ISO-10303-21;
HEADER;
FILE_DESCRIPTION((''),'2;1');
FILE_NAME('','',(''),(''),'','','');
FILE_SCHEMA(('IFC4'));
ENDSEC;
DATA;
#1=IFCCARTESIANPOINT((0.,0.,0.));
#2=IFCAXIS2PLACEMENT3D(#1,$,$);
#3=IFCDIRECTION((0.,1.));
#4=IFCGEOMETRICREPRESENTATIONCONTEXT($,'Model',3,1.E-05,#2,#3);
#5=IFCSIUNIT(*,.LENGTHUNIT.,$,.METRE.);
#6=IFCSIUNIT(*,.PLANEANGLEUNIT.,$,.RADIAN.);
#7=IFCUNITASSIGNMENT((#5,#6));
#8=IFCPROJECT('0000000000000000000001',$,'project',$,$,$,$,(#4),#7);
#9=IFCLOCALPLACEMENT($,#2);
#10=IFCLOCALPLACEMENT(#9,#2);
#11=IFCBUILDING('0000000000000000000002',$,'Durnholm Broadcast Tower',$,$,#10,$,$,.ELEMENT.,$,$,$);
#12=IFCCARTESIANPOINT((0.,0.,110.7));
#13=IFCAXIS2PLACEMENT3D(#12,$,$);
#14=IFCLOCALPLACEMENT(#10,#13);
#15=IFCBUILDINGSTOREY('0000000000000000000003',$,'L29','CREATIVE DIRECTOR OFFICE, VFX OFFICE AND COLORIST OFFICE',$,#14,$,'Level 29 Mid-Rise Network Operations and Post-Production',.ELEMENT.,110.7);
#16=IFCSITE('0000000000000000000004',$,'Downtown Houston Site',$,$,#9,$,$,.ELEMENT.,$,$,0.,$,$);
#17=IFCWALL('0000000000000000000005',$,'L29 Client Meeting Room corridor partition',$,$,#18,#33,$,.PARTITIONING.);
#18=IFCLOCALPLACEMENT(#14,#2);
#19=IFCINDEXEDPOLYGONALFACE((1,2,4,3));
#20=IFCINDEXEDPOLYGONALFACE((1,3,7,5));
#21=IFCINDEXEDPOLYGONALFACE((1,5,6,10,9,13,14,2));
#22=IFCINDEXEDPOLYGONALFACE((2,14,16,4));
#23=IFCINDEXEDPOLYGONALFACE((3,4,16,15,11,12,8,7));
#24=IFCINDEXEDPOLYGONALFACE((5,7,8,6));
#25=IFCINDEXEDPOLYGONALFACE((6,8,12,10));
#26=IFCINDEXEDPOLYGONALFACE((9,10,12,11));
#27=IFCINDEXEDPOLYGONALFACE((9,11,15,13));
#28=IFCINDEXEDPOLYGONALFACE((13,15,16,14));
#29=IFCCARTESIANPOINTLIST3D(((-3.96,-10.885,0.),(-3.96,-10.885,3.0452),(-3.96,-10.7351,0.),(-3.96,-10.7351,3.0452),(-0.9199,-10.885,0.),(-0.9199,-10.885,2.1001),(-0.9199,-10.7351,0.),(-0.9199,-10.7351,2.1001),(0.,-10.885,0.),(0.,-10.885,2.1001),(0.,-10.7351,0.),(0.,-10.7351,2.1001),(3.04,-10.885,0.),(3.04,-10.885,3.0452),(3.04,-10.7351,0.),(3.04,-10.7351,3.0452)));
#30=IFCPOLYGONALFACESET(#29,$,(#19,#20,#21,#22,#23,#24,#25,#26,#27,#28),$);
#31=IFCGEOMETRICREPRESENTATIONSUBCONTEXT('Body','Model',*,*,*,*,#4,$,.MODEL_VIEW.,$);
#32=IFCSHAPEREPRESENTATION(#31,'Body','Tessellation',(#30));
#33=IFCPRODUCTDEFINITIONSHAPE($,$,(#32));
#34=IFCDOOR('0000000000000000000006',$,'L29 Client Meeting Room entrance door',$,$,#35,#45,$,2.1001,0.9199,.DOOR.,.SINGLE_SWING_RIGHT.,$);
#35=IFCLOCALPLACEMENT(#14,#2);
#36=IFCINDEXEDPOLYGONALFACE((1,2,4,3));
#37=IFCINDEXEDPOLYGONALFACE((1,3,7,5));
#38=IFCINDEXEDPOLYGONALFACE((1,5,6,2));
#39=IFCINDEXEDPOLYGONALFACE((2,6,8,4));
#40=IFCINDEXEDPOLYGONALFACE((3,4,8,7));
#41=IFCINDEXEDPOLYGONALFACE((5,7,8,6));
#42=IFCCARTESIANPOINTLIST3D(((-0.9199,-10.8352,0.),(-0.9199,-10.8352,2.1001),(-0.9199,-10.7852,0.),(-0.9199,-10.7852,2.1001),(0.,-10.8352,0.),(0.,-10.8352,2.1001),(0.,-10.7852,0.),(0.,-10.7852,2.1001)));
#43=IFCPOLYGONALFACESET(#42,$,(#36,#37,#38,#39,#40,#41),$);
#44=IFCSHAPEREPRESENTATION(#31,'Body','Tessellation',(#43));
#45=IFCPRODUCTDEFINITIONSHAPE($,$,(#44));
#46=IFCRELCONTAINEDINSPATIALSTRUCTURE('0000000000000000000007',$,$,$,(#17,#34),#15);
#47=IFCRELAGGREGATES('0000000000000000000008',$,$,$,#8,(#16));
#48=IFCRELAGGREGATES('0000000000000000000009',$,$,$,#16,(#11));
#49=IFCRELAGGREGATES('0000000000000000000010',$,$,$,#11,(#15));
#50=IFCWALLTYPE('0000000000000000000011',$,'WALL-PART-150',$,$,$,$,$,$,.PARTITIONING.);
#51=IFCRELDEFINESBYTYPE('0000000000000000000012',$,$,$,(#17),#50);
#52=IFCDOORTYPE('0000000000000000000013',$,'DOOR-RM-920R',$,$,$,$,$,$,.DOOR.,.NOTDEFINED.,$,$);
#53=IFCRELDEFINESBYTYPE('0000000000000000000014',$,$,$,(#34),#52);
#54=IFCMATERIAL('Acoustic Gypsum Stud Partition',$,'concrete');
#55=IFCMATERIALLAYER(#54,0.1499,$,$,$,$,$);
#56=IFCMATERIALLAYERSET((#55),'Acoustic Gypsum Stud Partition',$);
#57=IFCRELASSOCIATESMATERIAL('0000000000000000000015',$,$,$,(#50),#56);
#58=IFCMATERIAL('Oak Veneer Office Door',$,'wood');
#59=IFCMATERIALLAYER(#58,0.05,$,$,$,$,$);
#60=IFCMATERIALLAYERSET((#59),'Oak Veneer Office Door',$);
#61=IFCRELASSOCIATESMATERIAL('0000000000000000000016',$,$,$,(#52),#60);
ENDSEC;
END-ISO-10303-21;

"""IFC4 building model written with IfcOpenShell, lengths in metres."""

from ifc_helpers import new_model, si_unit, direction, frame, frame_2d, origin, place, context, subcontext, project, spatial, rectangle, extrude, source, transform, mapped, material, layer, layer_set, type_object, type_shapes, element, fill, save


model = new_model("IFC4")

# Units and contexts
model_context = context("Model", 3, precision=1e-05, world=origin(), true_north=direction((0.0, 1.0)))
body_context = subcontext(model_context, "Body", "Model", "MODEL_VIEW")
ifc_project = project(units=[si_unit("LENGTHUNIT", "METRE"), si_unit("PLANEANGLEUNIT", "RADIAN")], contexts=[model_context])

# Site, building, storey
site_placement = place(None, origin())
site = spatial("IfcSite", under=ifc_project, at=site_placement, Name="Downtown Houston Site", CompositionType="ELEMENT", RefElevation=0.0)
building_placement = place(site_placement, origin())
building = spatial("IfcBuilding", under=site, at=building_placement, Name="Durnholm Broadcast Tower", CompositionType="ELEMENT")
storey_placement = place(building_placement, frame((0.0, 0.0, 110.7)))
storey = spatial("IfcBuildingStorey", under=building, at=storey_placement, Name="L29", Description="CREATIVE DIRECTOR OFFICE, VFX OFFICE AND COLORIST OFFICE", LongName="Level 29 Mid-Rise Network Operations and Post-Production", CompositionType="ELEMENT", Elevation=110.7)

# Wall, opening, door
ifc_material_1 = material(Name="Acoustic Gypsum Stud Partition", Category="concrete")
ifc_layer_1 = layer(ifc_material_1, 0.1499)
ifc_layer_set_1 = layer_set([ifc_layer_1], Name="Acoustic Gypsum Stud Partition")
wall_type_1 = type_object("IfcWallType", Name="WALL-PART-150", PredefinedType="PARTITIONING", material=ifc_layer_set_1)
wall_1_placement = place(storey_placement, frame((-3.96, -10.8101, 0.0), z_axis=(0.0, 0.0, 1.0), x_axis=(1.0, 0.0, 0.0)))
wall_1 = element("IfcWall", 1, at=wall_1_placement, inside=storey, type_object=wall_type_1, Name="L29 Client Meeting Room corridor partition", PredefinedType="PARTITIONING", context=body_context, shape_type="SweptSolid", body=[
    extrude(rectangle(XDim=7.0, YDim=0.1499, at=frame_2d((3.5, 0.0))), origin(), (0.0, 0.0, 1.0), 3.0452),
])
opening_1_placement = place(wall_1_placement, frame((3.04, 0.0, 0.0)))
opening_1 = element("IfcOpeningElement", 2, at=opening_1_placement, cuts=wall_1, PredefinedType="OPENING", context=body_context, shape_type="SweptSolid", body=[
    extrude(rectangle(XDim=0.9199, YDim=2.1001, at=frame_2d((0.46, 1.05))), frame((0.0, 0.085, 0.0), z_axis=(0.0, -1.0, 0.0), x_axis=(1.0, 0.0, 0.0)), (0.0, 0.0, 1.0), 0.1699),
])
ifc_material_2 = material(Name="Oak Veneer Office Door", Category="wood")
ifc_layer_2 = layer(ifc_material_2, 0.05)
ifc_layer_set_2 = layer_set([ifc_layer_2], Name="Oak Veneer Office Door")
door_type_1 = type_object("IfcDoorType", Name="DOOR-RM-920R", OperationType="NOTDEFINED", PredefinedType="DOOR", material=ifc_layer_set_2)
shared_shape_1 = source(origin(), body_context, "Body", "SweptSolid", [
    extrude(rectangle(XDim=0.9199, YDim=2.1001, at=frame_2d((0.46, 1.05))), frame((0.0, 0.0249, 0.0), z_axis=(0.0, -1.0, 0.0), x_axis=(1.0, 0.0, 0.0)), (0.0, 0.0, 1.0), 0.05),
])
type_shapes(door_type_1, [shared_shape_1])
door_1_placement = place(opening_1_placement, origin())
door_1 = element("IfcDoor", 3, at=door_1_placement, inside=storey, type_object=door_type_1, Name="L29 Client Meeting Room entrance door", OperationType="SINGLE_SWING_RIGHT", OverallHeight=2.1001, OverallWidth=0.9199, PredefinedType="DOOR", context=body_context, shape_type="MappedRepresentation", body=[
    mapped(shared_shape_1, transform((0.0, 0.0, 0.0), x_axis=(1.0, 0.0, 0.0), y_axis=(0.0, 1.0, 0.0), z_axis=(0.0, 0.0, 1.0), scale=1.0)),
])
fill(opening_1, door_1)

save(model, "model.ifc")
